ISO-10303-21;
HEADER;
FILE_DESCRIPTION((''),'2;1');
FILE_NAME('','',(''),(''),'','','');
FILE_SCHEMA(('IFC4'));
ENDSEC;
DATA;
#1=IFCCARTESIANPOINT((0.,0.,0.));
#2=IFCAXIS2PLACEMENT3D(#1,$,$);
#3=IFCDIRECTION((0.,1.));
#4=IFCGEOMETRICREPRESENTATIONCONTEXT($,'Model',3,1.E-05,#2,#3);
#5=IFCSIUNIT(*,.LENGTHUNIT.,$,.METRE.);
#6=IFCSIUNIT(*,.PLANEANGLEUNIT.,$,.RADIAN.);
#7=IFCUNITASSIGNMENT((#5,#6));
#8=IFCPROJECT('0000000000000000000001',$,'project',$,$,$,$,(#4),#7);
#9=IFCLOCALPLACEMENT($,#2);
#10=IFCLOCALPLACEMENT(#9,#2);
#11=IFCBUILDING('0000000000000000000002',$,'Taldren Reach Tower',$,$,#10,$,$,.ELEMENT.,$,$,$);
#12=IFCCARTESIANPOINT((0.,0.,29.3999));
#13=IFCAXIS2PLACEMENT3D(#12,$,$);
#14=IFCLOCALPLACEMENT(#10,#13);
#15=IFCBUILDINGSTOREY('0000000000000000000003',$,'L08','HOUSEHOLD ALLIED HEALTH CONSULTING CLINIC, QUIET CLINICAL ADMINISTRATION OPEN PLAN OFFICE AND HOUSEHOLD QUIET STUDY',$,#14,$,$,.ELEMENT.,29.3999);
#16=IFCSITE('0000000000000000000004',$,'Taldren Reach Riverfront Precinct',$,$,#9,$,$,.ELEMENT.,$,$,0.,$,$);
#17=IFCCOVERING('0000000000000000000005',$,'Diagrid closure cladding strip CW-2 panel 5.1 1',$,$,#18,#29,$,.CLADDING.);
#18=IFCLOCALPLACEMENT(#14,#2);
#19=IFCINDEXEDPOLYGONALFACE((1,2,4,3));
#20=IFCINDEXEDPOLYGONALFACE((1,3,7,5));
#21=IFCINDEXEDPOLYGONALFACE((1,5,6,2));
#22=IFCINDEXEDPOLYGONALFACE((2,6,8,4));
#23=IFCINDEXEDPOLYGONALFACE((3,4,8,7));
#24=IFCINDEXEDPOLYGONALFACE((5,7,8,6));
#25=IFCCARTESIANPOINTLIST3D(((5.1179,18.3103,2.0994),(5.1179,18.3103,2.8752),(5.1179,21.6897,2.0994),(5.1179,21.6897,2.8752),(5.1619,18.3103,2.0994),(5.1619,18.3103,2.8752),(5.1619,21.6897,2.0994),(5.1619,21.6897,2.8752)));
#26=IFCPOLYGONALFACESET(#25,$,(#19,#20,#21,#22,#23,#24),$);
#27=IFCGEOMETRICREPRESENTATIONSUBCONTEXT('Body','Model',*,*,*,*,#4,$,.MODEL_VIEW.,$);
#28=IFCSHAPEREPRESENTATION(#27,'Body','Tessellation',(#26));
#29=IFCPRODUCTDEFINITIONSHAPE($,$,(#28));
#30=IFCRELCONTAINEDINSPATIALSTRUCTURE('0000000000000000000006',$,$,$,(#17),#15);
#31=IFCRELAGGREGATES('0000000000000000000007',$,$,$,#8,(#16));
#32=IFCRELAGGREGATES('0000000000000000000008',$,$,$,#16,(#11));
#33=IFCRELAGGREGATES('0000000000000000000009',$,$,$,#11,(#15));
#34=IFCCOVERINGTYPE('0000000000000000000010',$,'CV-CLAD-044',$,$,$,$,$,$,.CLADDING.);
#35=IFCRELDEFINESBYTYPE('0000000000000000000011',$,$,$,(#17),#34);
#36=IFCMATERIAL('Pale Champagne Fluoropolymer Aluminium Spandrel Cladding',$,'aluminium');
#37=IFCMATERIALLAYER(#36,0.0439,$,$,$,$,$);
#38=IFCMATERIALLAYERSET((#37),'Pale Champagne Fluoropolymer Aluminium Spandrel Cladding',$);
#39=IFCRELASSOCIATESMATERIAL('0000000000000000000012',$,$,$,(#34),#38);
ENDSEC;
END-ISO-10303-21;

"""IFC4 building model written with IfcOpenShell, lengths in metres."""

from ifc_helpers import new_model, si_unit, direction, frame, origin, origin_2d, place, context, subcontext, project, spatial, rectangle, extrude, source, transform, mapped, material, layer, layer_set, type_object, element, save


model = new_model("IFC4")

# Units and contexts
model_context = context("Model", 3, precision=1e-05, world=origin(), true_north=direction((0.0, 1.0)))
body_context = subcontext(model_context, "Body", "Model", "MODEL_VIEW")
ifc_project = project(units=[si_unit("LENGTHUNIT", "METRE"), si_unit("PLANEANGLEUNIT", "RADIAN")], contexts=[model_context])

# Site, building, storey
site_placement = place(None, origin())
site = spatial("IfcSite", under=ifc_project, at=site_placement, Name="Taldren Reach Riverfront Precinct", CompositionType="ELEMENT", RefElevation=0.0)
building_placement = place(site_placement, origin())
building = spatial("IfcBuilding", under=site, at=building_placement, Name="Taldren Reach Tower", CompositionType="ELEMENT")
storey_placement = place(building_placement, frame((0.0, 0.0, 29.3999)))
storey = spatial("IfcBuildingStorey", under=building, at=storey_placement, Name="L08", Description="HOUSEHOLD ALLIED HEALTH CONSULTING CLINIC, QUIET CLINICAL ADMINISTRATION OPEN PLAN OFFICE AND HOUSEHOLD QUIET STUDY", CompositionType="ELEMENT", Elevation=29.3999)

# Covering
ifc_material_1 = material(Name="Pale Champagne Fluoropolymer Aluminium Spandrel Cladding", Category="aluminium")
ifc_layer_1 = layer(ifc_material_1, 0.0439)
ifc_layer_set_1 = layer_set([ifc_layer_1], Name="Pale Champagne Fluoropolymer Aluminium Spandrel Cladding")
covering_type = type_object("IfcCoveringType", Name="CV-CLAD-044", PredefinedType="CLADDING", material=ifc_layer_set_1)
shared_shape_1 = source(origin(), body_context, "Body", "SweptSolid", [
    extrude(rectangle(XDim=3.3794, YDim=0.0439, at=origin_2d()), origin(), (0.0, 0.0, 1.0), 0.7759),
])
covering_1_placement = place(storey_placement, frame((5.1399, 20.0, 2.0994), z_axis=(0.0, 0.0, 1.0), x_axis=(0.0, -1.0, 0.0)))
element("IfcCovering", 1, at=covering_1_placement, inside=storey, type_object=covering_type, Name="Diagrid closure cladding strip CW-2 panel 5.1 1", PredefinedType="CLADDING", context=body_context, shape_type="MappedRepresentation", body=[
    mapped(shared_shape_1, transform((0.0, 0.0, 0.0), scale=1.0)),
])

save(model, "model.ifc")
